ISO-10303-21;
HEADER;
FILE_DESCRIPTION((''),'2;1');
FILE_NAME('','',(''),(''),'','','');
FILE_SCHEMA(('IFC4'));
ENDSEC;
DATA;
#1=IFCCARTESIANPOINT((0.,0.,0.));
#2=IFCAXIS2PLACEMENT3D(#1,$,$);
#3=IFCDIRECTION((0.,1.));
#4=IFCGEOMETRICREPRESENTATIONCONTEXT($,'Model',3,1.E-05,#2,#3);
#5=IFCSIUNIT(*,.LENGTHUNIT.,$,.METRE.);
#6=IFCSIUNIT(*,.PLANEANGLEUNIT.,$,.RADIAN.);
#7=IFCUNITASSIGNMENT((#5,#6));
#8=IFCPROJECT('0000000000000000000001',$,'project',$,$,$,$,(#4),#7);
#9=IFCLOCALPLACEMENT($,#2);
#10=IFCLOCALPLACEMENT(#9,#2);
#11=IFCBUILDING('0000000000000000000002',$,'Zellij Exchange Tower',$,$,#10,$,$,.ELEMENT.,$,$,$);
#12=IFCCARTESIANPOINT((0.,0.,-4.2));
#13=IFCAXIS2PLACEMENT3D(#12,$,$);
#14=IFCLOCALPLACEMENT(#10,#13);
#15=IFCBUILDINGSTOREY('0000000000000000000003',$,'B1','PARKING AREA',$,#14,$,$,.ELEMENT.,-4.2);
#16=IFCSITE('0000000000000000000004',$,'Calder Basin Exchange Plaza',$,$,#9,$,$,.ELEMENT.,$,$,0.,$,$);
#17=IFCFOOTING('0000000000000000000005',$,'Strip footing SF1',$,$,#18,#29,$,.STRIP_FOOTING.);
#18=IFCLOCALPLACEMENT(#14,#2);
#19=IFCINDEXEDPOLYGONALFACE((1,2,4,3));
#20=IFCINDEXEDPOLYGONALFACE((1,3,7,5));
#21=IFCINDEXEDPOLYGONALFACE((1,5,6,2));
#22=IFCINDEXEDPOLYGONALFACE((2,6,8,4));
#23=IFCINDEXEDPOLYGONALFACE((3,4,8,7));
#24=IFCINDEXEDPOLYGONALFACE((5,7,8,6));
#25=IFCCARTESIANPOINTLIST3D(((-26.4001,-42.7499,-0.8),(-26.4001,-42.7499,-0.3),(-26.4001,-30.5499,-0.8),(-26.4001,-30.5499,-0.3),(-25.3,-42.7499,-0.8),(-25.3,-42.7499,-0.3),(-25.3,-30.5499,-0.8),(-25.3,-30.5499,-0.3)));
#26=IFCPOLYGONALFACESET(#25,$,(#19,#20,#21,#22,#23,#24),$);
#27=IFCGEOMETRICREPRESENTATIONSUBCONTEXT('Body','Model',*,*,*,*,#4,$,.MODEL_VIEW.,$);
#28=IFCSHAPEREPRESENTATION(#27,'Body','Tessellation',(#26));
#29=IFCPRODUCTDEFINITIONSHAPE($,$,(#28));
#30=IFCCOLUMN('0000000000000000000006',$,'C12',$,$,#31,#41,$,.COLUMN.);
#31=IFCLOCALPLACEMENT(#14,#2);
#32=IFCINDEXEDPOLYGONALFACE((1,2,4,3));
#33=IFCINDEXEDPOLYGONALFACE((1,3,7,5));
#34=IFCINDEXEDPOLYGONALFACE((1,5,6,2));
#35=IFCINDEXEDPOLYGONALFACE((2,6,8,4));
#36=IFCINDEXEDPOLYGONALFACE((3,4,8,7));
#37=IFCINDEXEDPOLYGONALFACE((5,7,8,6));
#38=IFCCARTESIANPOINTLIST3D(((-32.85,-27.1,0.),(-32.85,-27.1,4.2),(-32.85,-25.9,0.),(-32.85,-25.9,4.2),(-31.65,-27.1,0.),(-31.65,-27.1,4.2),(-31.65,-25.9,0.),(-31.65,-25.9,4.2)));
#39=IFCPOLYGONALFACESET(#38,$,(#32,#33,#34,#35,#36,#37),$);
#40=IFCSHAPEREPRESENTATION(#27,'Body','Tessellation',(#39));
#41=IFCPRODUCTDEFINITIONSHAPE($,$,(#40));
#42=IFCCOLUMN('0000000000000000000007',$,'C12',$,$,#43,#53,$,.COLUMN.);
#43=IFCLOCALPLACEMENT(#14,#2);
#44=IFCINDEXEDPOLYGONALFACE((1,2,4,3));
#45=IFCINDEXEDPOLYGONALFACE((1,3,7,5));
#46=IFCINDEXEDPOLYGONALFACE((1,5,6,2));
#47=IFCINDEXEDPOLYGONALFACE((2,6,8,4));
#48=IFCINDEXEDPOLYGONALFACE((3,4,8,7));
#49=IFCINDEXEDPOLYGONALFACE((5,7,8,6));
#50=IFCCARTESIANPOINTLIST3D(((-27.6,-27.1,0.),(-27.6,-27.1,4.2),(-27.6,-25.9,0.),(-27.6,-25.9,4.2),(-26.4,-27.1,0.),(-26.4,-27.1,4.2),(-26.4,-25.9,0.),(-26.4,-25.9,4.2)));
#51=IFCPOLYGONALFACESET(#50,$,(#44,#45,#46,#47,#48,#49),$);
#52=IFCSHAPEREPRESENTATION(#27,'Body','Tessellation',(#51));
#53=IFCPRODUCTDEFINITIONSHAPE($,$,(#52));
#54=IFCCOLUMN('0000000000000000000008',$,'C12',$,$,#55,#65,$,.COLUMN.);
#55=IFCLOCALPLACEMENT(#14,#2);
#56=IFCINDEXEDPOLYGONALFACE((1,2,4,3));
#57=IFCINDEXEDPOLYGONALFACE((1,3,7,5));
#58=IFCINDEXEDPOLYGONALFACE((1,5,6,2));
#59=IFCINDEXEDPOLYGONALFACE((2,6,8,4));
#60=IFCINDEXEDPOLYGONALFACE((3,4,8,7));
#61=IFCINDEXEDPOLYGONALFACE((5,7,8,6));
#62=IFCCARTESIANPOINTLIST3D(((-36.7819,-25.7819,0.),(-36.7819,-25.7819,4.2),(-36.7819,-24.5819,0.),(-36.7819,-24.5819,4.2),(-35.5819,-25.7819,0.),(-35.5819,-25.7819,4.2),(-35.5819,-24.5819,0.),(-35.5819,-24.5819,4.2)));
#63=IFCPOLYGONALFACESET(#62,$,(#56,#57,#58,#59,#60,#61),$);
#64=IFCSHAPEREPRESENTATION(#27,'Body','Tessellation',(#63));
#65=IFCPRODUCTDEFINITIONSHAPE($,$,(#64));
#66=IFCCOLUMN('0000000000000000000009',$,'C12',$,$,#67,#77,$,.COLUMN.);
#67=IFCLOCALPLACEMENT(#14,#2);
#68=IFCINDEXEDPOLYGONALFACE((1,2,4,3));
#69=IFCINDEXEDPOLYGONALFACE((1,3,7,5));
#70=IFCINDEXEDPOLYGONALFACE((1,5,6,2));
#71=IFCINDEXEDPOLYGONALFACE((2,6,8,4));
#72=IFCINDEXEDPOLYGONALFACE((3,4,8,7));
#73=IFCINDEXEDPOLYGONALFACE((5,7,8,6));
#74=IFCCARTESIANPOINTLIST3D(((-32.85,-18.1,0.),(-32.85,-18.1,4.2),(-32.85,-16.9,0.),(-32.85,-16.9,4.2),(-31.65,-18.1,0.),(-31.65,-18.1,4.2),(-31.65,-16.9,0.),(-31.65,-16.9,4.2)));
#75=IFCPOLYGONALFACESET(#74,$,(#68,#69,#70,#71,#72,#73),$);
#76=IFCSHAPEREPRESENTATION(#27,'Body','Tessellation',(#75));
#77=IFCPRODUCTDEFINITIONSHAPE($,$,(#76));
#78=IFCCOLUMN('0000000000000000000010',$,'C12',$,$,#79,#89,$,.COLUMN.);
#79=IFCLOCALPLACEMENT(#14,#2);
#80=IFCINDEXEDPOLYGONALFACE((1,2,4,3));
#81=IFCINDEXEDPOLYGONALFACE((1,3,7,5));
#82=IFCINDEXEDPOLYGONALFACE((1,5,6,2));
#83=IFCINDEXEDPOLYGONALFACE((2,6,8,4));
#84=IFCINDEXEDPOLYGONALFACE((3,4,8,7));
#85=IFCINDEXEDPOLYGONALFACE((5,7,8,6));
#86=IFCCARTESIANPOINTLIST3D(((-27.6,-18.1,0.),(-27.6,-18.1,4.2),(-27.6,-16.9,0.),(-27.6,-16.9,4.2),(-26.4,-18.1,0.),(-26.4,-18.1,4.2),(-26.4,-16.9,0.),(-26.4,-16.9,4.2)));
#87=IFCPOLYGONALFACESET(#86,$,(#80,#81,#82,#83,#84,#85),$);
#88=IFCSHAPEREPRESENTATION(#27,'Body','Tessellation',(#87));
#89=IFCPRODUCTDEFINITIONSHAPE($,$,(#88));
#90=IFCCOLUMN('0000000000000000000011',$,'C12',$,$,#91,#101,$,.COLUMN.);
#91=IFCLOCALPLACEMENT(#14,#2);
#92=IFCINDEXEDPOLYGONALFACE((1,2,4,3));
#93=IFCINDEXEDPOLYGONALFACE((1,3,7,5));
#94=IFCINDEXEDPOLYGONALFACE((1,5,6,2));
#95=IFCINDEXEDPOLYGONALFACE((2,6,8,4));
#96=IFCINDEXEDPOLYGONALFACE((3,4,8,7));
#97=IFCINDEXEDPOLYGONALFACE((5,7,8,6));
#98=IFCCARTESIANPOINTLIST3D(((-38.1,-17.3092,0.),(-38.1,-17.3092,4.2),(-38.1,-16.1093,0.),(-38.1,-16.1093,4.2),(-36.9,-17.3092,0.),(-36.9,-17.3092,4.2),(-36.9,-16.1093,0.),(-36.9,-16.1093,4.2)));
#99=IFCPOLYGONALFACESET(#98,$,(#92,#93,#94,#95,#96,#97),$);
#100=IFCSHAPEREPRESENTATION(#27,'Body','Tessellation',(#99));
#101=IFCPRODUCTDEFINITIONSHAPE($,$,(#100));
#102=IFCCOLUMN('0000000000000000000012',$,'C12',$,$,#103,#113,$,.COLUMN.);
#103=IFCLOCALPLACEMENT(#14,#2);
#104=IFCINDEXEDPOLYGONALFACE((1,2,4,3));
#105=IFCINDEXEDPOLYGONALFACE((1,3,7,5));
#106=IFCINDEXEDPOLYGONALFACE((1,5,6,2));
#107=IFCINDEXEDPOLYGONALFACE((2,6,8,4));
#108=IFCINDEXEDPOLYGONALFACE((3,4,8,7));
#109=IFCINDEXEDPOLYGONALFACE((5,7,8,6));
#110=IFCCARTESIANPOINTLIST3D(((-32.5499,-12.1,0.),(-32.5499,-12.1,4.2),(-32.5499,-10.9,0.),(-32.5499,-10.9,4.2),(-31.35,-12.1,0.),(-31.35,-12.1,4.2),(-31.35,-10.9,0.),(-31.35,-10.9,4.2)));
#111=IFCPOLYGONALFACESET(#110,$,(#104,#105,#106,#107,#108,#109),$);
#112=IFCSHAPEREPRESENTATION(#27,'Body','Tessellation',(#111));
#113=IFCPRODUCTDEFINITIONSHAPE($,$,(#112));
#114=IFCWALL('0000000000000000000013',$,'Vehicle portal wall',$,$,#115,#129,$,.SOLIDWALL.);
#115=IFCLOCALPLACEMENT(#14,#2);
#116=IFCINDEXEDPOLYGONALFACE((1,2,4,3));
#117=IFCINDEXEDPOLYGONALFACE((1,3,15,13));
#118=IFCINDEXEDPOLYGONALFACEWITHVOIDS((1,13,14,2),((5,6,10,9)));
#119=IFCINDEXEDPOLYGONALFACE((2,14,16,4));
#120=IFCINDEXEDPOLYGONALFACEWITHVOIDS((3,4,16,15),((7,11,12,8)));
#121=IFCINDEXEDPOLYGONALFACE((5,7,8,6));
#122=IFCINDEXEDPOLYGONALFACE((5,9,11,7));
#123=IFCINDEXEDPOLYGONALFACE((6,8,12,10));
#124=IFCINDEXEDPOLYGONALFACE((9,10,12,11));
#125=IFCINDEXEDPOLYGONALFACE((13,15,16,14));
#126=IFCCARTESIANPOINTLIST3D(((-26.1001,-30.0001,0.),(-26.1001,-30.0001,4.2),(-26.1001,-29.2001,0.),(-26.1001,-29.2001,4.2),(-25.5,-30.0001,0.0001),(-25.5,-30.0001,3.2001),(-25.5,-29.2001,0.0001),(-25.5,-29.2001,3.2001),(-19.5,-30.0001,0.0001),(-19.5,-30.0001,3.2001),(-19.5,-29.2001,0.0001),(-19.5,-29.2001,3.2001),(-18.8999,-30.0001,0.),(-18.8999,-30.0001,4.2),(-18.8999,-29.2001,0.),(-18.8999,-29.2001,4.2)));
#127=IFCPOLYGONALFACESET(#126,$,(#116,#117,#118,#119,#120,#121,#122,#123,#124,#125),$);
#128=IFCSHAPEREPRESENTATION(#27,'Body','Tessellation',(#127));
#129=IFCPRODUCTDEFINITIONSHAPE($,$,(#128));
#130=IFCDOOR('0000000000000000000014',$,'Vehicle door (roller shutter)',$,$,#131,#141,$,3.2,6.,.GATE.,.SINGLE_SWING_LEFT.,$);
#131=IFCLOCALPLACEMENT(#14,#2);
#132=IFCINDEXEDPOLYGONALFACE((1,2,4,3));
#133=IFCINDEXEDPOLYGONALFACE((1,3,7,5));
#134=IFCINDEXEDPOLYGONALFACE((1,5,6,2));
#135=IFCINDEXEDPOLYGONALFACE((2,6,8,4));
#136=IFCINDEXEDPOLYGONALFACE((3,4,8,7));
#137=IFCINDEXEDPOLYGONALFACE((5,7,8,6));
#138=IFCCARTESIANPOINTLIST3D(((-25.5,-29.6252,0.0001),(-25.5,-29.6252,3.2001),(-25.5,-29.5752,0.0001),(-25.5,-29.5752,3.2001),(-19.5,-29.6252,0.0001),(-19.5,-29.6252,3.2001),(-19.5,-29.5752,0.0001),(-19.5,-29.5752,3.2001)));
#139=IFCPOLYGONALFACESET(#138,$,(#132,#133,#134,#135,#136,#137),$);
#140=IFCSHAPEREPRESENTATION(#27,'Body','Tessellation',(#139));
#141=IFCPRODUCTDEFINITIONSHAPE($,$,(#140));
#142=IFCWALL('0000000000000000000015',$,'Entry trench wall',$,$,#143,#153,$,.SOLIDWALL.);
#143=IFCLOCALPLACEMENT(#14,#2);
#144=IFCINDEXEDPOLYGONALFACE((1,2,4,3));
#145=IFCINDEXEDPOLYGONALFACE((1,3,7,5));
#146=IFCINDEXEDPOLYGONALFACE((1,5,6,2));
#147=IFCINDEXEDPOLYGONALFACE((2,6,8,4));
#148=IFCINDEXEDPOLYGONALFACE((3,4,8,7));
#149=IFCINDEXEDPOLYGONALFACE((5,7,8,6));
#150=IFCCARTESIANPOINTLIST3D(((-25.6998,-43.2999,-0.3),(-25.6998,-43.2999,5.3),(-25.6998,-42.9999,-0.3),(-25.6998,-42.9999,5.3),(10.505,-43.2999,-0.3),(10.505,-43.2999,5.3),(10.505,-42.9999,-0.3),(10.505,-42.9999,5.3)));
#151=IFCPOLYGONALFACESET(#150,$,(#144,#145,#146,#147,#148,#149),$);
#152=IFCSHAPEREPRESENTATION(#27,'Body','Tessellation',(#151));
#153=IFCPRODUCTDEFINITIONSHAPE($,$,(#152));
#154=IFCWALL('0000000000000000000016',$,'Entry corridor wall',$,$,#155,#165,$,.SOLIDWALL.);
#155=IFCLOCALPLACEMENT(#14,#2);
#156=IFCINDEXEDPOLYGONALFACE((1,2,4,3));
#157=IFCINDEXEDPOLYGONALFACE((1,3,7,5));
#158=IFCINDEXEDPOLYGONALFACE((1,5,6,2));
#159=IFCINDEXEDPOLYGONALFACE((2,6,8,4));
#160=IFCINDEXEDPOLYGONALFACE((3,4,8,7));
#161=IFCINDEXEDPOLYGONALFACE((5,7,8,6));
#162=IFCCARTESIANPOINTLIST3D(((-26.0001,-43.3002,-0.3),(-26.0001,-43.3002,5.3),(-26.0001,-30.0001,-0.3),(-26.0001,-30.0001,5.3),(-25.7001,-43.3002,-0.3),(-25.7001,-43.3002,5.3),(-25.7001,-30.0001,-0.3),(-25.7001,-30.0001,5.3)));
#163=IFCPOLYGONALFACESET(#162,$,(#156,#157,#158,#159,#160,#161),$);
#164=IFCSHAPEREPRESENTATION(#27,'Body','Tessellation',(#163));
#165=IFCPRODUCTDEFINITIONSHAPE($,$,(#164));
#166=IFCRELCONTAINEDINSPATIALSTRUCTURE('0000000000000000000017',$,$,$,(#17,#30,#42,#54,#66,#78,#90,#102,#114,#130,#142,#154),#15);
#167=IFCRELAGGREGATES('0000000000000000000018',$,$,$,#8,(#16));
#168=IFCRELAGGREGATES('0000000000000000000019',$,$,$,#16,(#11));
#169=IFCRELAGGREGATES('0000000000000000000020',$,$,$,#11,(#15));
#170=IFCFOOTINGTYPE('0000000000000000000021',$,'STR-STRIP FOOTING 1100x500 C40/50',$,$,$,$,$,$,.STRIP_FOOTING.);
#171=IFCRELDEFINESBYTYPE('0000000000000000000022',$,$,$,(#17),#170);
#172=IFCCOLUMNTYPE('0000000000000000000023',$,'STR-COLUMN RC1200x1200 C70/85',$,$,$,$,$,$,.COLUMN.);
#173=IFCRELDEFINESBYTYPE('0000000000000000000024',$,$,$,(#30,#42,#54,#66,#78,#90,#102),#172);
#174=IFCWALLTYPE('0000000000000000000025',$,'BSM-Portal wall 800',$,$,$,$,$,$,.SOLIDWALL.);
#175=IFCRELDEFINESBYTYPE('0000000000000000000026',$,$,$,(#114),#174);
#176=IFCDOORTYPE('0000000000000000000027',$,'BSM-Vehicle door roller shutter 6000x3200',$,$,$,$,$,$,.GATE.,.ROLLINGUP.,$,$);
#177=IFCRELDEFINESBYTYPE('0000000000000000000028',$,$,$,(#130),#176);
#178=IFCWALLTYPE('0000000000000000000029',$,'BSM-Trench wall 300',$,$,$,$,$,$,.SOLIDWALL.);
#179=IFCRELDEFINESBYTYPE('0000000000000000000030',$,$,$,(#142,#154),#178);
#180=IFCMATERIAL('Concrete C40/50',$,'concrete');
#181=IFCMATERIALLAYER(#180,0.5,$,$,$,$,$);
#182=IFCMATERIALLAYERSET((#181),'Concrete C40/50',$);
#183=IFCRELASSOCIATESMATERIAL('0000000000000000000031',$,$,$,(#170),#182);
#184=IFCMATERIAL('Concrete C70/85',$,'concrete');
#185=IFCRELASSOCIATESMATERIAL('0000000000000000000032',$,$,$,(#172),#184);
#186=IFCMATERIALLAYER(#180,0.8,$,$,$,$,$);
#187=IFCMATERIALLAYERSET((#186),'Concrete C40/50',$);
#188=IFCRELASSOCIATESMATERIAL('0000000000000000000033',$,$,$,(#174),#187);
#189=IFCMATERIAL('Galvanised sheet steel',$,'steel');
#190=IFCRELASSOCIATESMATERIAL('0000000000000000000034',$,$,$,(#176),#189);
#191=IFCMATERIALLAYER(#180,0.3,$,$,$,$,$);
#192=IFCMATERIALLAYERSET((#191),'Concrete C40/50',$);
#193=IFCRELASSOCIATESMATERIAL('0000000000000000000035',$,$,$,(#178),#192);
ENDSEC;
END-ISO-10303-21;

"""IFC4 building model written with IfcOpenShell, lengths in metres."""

from ifc_helpers import new_model, si_unit, direction, frame, frame_2d, origin, origin_2d, place, context, subcontext, project, spatial, rectangle, extrude, material, layer, layer_set, material_profile, profile_set, type_object, element, fill, save


model = new_model("IFC4")

# Units and contexts
model_context = context("Model", 3, precision=1e-05, world=origin(), true_north=direction((0.0, 1.0)))
body_context = subcontext(model_context, "Body", "Model", "MODEL_VIEW")
ifc_project = project(units=[si_unit("LENGTHUNIT", "METRE"), si_unit("PLANEANGLEUNIT", "RADIAN")], contexts=[model_context])

# Site, building, storey
site_placement = place(None, origin())
site = spatial("IfcSite", under=ifc_project, at=site_placement, Name="Calder Basin Exchange Plaza", CompositionType="ELEMENT", RefElevation=0.0)
building_placement = place(site_placement, origin())
building = spatial("IfcBuilding", under=site, at=building_placement, Name="Zellij Exchange Tower", CompositionType="ELEMENT")
storey_placement = place(building_placement, frame((0.0, 0.0, -4.2)))
storey = spatial("IfcBuildingStorey", under=building, at=storey_placement, Name="B1", Description="PARKING AREA", CompositionType="ELEMENT", Elevation=-4.2)

# Footing
ifc_material_1 = material(Name="Concrete C40/50", Category="concrete")
ifc_layer_1 = layer(ifc_material_1, 0.5)
ifc_layer_set_1 = layer_set([ifc_layer_1], Name="Concrete C40/50")
footing_type = type_object("IfcFootingType", Name="STR-STRIP FOOTING 1100x500 C40/50", PredefinedType="STRIP_FOOTING", material=ifc_layer_set_1)
footing_placement = place(storey_placement, frame((-25.8501, -36.6499, -0.8), z_axis=(0.0, 0.0, 1.0), x_axis=(0.0, 1.0, 0.0)))
element("IfcFooting", 1, at=footing_placement, inside=storey, type_object=footing_type, Name="Strip footing SF1", PredefinedType="STRIP_FOOTING", context=body_context, shape_type="SweptSolid", body=[
    extrude(rectangle(XDim=12.2, YDim=1.1001, at=origin_2d()), origin(), (0.0, 0.0, 1.0), 0.5),
])

# Columns
ifc_material_2 = material(Name="Concrete C70/85", Category="concrete")
ifc_material_profile = material_profile(ifc_material_2, rectangle(XDim=1.2, YDim=1.2, at=origin_2d()), Name="STR-COLUMN RC1200x1200 C70/85")
ifc_profile_set = profile_set([ifc_material_profile], Name="Concrete C70/85")
column_type = type_object("IfcColumnType", Name="STR-COLUMN RC1200x1200 C70/85", PredefinedType="COLUMN", material=ifc_profile_set)
for number, where, z_axis, x_axis, name in (
    (2, (-32.25, -26.5, 0.0), (0.0, 0.0, 1.0), (1.0, 0.0, 0.0), "C12"),
    (3, (-27.0, -26.5, 0.0), (0.0, 0.0, 1.0), (1.0, 0.0, 0.0), "C12"),
    (4, (-36.1819, -25.1819, 0.0), (0.0, 0.0, 1.0), (1.0, 0.0, 0.0), "C12"),
    (5, (-32.25, -17.5, 0.0), (0.0, 0.0, 1.0), (1.0, 0.0, 0.0), "C12"),
    (6, (-27.0, -17.5, 0.0), (0.0, 0.0, 1.0), (1.0, 0.0, 0.0), "C12"),
    (7, (-37.5, -16.7092, 0.0), (0.0, 0.0, 1.0), (1.0, 0.0, 0.0), "C12"),
    (8, (-31.95, -11.5, 0.0), (0.0, 0.0, 1.0), (1.0, 0.0, 0.0), "C12"),
):
    element("IfcColumn", number, at=place(storey_placement, frame(where, z_axis=z_axis, x_axis=x_axis)), inside=storey, type_object=column_type, Name=name, PredefinedType="COLUMN", context=body_context, shape_type="SweptSolid", body=[
        extrude(rectangle(XDim=1.2, YDim=1.2, at=origin_2d()), origin(), (0.0, 0.0, 1.0), 4.2),
    ])

# Wall, opening, door
ifc_layer_2 = layer(ifc_material_1, 0.8)
ifc_layer_set_2 = layer_set([ifc_layer_2], Name="Concrete C40/50")
wall_type_1 = type_object("IfcWallType", Name="BSM-Portal wall 800", PredefinedType="SOLIDWALL", material=ifc_layer_set_2)
wall_1_placement = place(storey_placement, frame((-26.1001, -29.6001, 0.0), z_axis=(0.0, 0.0, 1.0), x_axis=(1.0, 0.0, 0.0)))
wall_1 = element("IfcWall", 9, at=wall_1_placement, inside=storey, type_object=wall_type_1, Name="Vehicle portal wall", PredefinedType="SOLIDWALL", context=body_context, shape_type="SweptSolid", body=[
    extrude(rectangle(XDim=7.2002, YDim=0.8, at=frame_2d((3.6001, 0.0))), origin(), (0.0, 0.0, 1.0), 4.2),
])
opening_1_placement = place(wall_1_placement, frame((0.6001, 0.0, 0.0)))
opening_1 = element("IfcOpeningElement", 10, at=opening_1_placement, cuts=wall_1, PredefinedType="OPENING", context=body_context, shape_type="SweptSolid", body=[
    extrude(rectangle(XDim=6.0, YDim=3.2, at=frame_2d((3.0, 1.6001))), frame((0.0, 0.4121, 0.0), z_axis=(0.0, -1.0, 0.0), x_axis=(1.0, 0.0, 0.0)), (0.0, 0.0, 1.0), 0.824),
])
ifc_material_3 = material(Name="Galvanised sheet steel", Category="steel")
door_type_1 = type_object("IfcDoorType", Name="BSM-Vehicle door roller shutter 6000x3200", OperationType="ROLLINGUP", PredefinedType="GATE", material=ifc_material_3)
door_1_placement = place(opening_1_placement, origin())
door_1 = element("IfcDoor", 11, at=door_1_placement, inside=storey, type_object=door_type_1, Name="Vehicle door (roller shutter)", OperationType="SINGLE_SWING_LEFT", OverallHeight=3.2, OverallWidth=6.0, PredefinedType="GATE", context=body_context, shape_type="SweptSolid", body=[
    extrude(rectangle(XDim=6.0, YDim=3.2, at=frame_2d((3.0, 1.6001))), frame((0.0, 0.0249, 0.0), z_axis=(0.0, -1.0, 0.0), x_axis=(1.0, 0.0, 0.0)), (0.0, 0.0, 1.0), 0.05),
])
fill(opening_1, door_1)

# Walls
ifc_layer_3 = layer(ifc_material_1, 0.3)
ifc_layer_set_3 = layer_set([ifc_layer_3], Name="Concrete C40/50")
wall_type_2 = type_object("IfcWallType", Name="BSM-Trench wall 300", PredefinedType="SOLIDWALL", material=ifc_layer_set_3)
wall_2_placement = place(storey_placement, frame((-25.7, -43.1499, -0.3), z_axis=(0.0, 0.0, 1.0), x_axis=(1.0, 0.0, 0.0)))
element("IfcWall", 12, at=wall_2_placement, inside=storey, type_object=wall_type_2, Name="Entry trench wall", PredefinedType="SOLIDWALL", context=body_context, shape_type="SweptSolid", body=[
    extrude(rectangle(XDim=36.2048, YDim=0.3, at=frame_2d((18.1025, 0.0))), origin(), (0.0, 0.0, 1.0), 5.6001),
])
wall_3_placement = place(storey_placement, frame((-25.8501, -43.3, -0.3), z_axis=(0.0, 0.0, 1.0), x_axis=(0.0, 1.0, 0.0)))
element("IfcWall", 13, at=wall_3_placement, inside=storey, type_object=wall_type_2, Name="Entry corridor wall", PredefinedType="SOLIDWALL", context=body_context, shape_type="SweptSolid", body=[
    extrude(rectangle(XDim=13.3, YDim=0.3, at=frame_2d((6.6499, 0.0))), origin(), (0.0, 0.0, 1.0), 5.6001),
])

save(model, "model.ifc")
